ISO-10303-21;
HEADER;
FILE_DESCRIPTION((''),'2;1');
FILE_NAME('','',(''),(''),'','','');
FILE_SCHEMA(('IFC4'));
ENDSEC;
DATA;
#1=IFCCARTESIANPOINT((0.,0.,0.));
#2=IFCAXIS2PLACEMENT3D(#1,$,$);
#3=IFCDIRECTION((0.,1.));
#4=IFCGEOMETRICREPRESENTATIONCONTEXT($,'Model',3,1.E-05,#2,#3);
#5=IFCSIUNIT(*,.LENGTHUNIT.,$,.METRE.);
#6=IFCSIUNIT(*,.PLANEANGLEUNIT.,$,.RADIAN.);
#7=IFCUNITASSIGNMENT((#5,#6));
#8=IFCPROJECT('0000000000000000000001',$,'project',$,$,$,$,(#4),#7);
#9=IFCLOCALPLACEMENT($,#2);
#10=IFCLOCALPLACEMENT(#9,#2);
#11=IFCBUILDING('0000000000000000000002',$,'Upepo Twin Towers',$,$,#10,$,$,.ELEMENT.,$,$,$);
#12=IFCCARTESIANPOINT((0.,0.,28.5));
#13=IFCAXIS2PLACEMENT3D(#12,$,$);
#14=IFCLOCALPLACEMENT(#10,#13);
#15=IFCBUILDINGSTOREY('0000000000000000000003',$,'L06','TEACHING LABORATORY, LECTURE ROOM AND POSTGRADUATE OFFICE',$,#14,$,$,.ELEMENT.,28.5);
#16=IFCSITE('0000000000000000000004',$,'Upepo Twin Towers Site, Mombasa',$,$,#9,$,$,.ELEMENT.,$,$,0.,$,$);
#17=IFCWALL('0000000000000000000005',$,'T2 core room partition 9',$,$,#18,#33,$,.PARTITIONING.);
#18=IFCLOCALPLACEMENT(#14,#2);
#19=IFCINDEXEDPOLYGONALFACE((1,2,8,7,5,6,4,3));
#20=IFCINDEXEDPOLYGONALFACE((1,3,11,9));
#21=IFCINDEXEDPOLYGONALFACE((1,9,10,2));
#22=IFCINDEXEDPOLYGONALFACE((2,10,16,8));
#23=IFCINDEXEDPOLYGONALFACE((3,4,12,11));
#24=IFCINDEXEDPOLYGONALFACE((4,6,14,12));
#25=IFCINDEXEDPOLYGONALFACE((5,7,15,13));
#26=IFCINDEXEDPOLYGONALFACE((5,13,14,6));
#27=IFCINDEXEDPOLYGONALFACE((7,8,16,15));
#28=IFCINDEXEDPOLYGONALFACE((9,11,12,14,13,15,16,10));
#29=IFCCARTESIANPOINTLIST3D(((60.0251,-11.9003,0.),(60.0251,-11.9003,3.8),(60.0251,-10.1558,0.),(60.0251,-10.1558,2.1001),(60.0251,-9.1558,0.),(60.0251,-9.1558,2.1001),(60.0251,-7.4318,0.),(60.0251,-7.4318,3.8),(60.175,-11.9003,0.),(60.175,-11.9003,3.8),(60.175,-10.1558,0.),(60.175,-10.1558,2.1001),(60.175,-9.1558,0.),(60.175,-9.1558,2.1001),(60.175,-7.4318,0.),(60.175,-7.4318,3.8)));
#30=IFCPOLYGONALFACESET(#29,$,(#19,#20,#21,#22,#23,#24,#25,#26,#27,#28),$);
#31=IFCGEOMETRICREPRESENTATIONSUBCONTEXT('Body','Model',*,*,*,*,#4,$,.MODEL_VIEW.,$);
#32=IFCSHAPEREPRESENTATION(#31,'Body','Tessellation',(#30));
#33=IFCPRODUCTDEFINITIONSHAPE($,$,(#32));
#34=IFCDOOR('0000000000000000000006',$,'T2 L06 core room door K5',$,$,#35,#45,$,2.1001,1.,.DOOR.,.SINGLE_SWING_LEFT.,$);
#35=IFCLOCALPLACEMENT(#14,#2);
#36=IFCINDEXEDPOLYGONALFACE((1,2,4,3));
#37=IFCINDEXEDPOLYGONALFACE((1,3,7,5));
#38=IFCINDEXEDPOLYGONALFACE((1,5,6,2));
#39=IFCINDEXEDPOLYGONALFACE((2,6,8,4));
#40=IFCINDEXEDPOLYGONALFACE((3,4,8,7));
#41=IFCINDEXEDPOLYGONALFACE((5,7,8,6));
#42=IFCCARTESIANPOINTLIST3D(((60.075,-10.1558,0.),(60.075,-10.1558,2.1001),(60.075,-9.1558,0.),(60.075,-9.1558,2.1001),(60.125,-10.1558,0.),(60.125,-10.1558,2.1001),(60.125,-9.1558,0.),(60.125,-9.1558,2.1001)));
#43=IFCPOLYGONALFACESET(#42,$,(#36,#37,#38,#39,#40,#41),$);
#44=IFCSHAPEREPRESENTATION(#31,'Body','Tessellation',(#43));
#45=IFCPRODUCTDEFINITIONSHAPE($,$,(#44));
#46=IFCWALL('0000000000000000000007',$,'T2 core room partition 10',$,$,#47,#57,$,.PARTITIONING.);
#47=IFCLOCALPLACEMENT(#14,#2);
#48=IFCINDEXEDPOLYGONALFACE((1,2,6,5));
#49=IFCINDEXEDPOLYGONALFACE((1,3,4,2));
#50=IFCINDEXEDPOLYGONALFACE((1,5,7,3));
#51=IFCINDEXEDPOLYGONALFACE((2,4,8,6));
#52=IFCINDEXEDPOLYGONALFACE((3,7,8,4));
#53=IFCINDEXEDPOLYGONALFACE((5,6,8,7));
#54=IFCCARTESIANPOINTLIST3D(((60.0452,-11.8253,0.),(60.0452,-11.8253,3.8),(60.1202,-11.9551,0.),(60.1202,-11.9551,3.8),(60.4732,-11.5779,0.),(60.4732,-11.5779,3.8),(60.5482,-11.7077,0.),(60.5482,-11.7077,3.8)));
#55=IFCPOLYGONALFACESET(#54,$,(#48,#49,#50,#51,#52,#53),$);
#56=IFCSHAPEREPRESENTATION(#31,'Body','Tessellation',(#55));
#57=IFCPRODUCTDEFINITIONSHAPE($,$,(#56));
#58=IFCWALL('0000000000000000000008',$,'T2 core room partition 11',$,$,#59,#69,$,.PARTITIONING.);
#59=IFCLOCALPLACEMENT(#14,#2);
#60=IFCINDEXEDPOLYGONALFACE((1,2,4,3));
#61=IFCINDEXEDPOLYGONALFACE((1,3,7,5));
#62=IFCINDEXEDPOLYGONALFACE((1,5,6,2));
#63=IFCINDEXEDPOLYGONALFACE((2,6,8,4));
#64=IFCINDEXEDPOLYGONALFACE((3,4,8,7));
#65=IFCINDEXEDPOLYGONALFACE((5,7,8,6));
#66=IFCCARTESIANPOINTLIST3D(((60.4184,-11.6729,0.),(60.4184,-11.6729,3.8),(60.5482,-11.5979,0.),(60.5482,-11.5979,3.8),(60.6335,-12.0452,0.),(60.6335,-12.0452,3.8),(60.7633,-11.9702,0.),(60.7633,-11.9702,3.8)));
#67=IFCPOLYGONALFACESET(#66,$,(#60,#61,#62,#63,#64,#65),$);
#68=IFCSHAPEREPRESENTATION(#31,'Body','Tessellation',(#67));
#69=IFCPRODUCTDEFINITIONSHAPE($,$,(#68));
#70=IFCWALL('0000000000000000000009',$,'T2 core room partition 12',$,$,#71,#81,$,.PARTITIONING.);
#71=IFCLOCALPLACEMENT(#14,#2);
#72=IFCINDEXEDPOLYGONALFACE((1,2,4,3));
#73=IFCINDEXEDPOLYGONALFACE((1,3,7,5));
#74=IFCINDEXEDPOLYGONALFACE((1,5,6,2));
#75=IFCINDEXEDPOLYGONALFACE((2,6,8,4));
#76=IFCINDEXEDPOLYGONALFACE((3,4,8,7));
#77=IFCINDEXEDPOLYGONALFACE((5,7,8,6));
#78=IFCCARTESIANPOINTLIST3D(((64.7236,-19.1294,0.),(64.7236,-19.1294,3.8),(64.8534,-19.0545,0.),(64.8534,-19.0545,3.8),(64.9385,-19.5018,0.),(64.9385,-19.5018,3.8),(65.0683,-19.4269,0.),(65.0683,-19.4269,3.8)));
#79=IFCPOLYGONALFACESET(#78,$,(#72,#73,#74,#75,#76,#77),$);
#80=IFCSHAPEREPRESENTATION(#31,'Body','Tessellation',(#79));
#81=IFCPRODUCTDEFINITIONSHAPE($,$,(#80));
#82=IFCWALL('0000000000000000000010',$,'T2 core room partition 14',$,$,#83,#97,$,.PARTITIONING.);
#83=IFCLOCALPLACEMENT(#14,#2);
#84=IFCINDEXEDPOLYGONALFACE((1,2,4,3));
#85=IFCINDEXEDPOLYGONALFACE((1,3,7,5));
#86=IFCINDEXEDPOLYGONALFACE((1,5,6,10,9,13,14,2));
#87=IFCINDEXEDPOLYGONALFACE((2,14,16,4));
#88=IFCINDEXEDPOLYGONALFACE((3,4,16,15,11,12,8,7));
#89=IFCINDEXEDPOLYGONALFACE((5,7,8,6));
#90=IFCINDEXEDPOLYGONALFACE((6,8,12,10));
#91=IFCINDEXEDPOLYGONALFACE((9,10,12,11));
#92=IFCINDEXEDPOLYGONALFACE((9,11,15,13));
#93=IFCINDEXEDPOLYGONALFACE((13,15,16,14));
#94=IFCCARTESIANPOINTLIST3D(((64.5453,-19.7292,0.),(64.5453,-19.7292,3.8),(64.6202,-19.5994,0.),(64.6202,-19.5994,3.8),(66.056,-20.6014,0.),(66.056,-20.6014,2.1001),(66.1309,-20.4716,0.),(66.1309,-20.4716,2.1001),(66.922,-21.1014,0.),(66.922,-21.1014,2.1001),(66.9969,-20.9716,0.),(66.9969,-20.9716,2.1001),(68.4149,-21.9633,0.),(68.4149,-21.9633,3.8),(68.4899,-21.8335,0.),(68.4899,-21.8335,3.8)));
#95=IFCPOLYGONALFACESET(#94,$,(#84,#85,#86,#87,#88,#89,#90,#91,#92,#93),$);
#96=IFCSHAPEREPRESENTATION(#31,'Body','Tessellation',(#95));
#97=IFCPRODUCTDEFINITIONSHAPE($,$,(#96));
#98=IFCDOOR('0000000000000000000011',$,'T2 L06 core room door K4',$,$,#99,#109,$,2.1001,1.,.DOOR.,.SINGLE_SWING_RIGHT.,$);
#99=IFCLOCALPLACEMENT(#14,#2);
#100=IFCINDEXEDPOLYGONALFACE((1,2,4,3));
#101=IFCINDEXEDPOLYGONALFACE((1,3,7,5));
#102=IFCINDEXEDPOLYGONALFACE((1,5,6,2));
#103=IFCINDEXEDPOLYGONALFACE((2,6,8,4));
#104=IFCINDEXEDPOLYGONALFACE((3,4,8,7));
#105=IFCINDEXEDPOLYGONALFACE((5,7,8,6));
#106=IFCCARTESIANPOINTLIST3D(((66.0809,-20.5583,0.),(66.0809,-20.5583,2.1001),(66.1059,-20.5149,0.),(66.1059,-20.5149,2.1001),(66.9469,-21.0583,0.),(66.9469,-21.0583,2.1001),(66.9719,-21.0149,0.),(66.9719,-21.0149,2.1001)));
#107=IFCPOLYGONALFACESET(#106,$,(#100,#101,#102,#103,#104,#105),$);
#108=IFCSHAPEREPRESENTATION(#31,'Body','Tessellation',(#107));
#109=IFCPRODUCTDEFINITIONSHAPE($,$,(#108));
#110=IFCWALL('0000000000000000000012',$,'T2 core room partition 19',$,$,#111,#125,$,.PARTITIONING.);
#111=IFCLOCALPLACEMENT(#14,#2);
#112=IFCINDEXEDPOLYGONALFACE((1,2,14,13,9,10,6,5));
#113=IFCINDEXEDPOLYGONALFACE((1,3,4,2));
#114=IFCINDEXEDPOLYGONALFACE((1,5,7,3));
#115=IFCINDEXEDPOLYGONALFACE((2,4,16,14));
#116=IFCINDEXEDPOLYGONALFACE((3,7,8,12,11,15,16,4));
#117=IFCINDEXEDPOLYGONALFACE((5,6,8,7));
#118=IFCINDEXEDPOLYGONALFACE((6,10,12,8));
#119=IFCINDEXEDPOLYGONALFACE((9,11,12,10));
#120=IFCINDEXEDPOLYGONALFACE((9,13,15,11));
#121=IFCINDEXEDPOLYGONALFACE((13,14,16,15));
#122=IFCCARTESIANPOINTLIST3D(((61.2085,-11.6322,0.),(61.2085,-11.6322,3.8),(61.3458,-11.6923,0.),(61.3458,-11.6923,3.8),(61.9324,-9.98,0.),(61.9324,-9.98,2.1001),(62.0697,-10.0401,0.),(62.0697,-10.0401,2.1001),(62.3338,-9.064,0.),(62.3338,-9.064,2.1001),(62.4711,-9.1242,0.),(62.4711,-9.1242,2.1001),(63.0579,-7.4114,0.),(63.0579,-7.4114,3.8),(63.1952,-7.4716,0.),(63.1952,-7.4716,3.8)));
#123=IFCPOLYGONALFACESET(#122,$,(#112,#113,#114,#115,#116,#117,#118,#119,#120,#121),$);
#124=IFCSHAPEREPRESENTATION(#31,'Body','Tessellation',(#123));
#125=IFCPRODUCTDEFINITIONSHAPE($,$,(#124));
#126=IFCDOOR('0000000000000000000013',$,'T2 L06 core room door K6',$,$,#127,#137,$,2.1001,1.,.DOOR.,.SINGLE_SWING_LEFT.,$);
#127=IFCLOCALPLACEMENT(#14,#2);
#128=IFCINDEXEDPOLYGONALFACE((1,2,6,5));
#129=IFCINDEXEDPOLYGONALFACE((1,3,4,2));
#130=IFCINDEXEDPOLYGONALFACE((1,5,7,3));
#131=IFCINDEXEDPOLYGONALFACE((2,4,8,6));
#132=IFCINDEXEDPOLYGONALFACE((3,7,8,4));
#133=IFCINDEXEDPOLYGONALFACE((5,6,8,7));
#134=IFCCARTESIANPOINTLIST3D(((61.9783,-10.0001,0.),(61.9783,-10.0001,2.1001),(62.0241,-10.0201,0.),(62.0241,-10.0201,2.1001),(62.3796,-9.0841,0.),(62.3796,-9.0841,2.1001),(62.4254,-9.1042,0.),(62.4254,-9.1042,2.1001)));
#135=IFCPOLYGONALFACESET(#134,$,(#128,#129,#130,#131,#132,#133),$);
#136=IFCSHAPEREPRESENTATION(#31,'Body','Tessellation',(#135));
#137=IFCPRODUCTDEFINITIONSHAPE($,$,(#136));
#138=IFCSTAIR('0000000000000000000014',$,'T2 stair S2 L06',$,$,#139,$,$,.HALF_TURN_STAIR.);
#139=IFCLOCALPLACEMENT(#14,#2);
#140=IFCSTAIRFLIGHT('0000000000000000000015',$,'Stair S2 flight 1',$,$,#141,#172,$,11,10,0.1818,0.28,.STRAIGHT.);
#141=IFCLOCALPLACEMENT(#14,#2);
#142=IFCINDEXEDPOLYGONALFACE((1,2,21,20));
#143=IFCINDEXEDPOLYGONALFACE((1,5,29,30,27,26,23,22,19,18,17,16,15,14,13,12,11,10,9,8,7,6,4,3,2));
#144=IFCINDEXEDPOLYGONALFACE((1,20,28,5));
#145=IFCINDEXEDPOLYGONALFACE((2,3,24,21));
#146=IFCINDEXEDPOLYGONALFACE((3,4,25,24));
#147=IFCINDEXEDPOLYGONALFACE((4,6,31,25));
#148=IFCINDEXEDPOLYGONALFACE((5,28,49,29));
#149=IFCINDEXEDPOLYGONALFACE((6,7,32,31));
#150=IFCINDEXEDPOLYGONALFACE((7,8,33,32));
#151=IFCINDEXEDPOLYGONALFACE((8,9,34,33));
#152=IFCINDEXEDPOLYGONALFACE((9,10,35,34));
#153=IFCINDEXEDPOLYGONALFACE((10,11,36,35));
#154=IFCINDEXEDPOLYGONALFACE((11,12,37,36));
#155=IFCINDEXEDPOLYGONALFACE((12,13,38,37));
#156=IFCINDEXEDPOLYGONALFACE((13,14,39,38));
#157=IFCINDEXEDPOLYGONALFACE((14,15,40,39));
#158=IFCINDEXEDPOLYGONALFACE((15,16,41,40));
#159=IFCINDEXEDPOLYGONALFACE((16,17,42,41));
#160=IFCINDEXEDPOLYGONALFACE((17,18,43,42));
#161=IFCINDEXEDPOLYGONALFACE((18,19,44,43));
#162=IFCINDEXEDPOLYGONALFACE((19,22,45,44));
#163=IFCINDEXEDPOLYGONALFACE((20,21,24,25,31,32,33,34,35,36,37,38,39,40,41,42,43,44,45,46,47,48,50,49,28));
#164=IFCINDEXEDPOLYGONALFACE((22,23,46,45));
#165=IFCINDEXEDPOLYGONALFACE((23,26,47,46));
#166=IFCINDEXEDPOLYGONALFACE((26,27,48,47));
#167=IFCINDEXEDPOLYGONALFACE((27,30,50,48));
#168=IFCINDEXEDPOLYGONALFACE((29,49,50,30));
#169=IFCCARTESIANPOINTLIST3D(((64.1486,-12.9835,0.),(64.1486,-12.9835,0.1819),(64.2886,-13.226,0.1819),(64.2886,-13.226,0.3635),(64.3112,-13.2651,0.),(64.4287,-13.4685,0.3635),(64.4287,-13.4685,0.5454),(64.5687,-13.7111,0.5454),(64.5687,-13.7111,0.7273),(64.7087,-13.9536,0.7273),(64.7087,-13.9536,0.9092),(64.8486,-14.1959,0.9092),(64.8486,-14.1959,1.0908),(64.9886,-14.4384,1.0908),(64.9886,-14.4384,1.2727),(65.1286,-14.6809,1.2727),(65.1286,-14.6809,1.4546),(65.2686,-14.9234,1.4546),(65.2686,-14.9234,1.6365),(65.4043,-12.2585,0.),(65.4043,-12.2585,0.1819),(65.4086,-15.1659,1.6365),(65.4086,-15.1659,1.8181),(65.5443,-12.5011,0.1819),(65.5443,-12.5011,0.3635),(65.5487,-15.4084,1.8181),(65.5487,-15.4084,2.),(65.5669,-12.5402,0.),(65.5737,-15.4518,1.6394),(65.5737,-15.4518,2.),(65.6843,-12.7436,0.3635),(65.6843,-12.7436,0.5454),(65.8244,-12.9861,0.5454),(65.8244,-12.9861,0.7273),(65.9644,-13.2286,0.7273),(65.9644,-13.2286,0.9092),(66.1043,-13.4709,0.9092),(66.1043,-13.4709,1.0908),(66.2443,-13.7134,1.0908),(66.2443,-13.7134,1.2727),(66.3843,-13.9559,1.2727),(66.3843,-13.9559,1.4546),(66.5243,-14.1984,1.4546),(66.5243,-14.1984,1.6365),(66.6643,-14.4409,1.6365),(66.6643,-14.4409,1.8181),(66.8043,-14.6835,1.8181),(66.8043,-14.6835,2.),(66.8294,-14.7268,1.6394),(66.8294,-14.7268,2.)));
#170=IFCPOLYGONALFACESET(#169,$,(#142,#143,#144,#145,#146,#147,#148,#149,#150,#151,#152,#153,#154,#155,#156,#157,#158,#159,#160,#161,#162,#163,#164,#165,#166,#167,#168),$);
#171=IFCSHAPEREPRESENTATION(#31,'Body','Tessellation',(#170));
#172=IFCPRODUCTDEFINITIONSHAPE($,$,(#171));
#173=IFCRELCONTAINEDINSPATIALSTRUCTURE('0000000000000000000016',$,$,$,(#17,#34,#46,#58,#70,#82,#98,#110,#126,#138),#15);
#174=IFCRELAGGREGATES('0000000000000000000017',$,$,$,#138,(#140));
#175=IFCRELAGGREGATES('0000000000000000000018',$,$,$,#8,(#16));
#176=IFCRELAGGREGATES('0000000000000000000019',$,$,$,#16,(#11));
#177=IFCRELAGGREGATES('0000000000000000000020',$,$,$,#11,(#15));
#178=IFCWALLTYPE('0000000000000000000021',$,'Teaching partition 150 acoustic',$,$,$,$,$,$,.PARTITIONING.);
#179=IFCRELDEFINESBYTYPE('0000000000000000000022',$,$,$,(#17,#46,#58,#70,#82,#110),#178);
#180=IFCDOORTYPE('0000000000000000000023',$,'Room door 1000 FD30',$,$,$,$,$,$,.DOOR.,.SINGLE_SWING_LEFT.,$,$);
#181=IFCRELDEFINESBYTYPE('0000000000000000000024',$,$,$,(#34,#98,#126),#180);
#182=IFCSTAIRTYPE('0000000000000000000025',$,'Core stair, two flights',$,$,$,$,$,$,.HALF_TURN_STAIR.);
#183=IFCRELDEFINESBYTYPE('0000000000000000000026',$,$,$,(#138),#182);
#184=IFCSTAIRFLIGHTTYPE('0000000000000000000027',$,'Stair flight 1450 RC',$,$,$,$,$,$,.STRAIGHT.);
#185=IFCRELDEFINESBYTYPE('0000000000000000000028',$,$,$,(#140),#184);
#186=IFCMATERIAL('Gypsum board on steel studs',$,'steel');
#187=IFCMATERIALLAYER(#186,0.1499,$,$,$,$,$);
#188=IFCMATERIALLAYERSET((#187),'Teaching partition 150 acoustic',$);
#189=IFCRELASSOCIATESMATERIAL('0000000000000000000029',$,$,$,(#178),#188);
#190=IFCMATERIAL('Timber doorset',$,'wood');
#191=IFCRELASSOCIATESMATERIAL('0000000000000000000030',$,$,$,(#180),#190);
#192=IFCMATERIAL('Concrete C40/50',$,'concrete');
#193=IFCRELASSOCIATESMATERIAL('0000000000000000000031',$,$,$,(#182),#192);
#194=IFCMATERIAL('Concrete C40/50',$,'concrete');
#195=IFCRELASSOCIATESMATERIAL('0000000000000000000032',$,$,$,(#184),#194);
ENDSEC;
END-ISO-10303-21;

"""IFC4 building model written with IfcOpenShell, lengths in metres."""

from ifc_helpers import new_model, si_unit, direction, frame, frame_2d, origin, place, context, subcontext, project, spatial, polyline, rectangle, outline, extrude, material, layer, layer_set, type_object, element, fill, aggregate, save


model = new_model("IFC4")

# Units and contexts
model_context = context("Model", 3, precision=1e-05, world=origin(), true_north=direction((0.0, 1.0)))
body_context = subcontext(model_context, "Body", "Model", "MODEL_VIEW")
ifc_project = project(units=[si_unit("LENGTHUNIT", "METRE"), si_unit("PLANEANGLEUNIT", "RADIAN")], contexts=[model_context])

# Site, building, storey
site_placement = place(None, origin())
site = spatial("IfcSite", under=ifc_project, at=site_placement, Name="Upepo Twin Towers Site, Mombasa", CompositionType="ELEMENT", RefElevation=0.0)
building_placement = place(site_placement, origin())
building = spatial("IfcBuilding", under=site, at=building_placement, Name="Upepo Twin Towers", CompositionType="ELEMENT")
storey_placement = place(building_placement, frame((0.0, 0.0, 28.5)))
storey = spatial("IfcBuildingStorey", under=building, at=storey_placement, Name="L06", Description="TEACHING LABORATORY, LECTURE ROOM AND POSTGRADUATE OFFICE", CompositionType="ELEMENT", Elevation=28.5)

# Wall, opening, door
ifc_material_1 = material(Name="Gypsum board on steel studs", Category="steel")
ifc_layer_1 = layer(ifc_material_1, 0.1499)
ifc_layer_set_1 = layer_set([ifc_layer_1], Name="Teaching partition 150 acoustic")
wall_type_1 = type_object("IfcWallType", Name="Teaching partition 150 acoustic", PredefinedType="PARTITIONING", material=ifc_layer_set_1)
wall_1_placement = place(storey_placement, frame((60.1001, -7.4316, 0.0), z_axis=(0.0, 0.0, 1.0), x_axis=(0.0, -1.0, 0.0)))
wall_1 = element("IfcWall", 1, at=wall_1_placement, inside=storey, type_object=wall_type_1, Name="T2 core room partition 9", PredefinedType="PARTITIONING", context=body_context, shape_type="SweptSolid", body=[
    extrude(rectangle(XDim=4.4685, YDim=0.1499, at=frame_2d((2.2344, 0.0))), origin(), (0.0, 0.0, 1.0), 3.8),
])
opening_1_placement = place(wall_1_placement, frame((1.7241, 0.0, 0.0)))
opening_1 = element("IfcOpeningElement", 2, at=opening_1_placement, cuts=wall_1, PredefinedType="OPENING", context=body_context, shape_type="SweptSolid", body=[
    extrude(rectangle(XDim=1.0, YDim=2.1001, at=frame_2d((0.5, 1.05))), frame((0.0, 0.085, 0.0), z_axis=(0.0, -1.0, 0.0), x_axis=(1.0, 0.0, 0.0)), (0.0, 0.0, 1.0), 0.1699),
])
ifc_material_2 = material(Name="Timber doorset", Category="wood")
door_type_1 = type_object("IfcDoorType", Name="Room door 1000 FD30", OperationType="SINGLE_SWING_LEFT", PredefinedType="DOOR", material=ifc_material_2)
door_1_placement = place(opening_1_placement, origin())
door_1 = element("IfcDoor", 3, at=door_1_placement, inside=storey, type_object=door_type_1, Name="T2 L06 core room door K5", OperationType="SINGLE_SWING_LEFT", OverallHeight=2.1001, OverallWidth=1.0, PredefinedType="DOOR", context=body_context, shape_type="SweptSolid", body=[
    extrude(rectangle(XDim=1.0, YDim=2.1001, at=frame_2d((0.5, 1.05))), frame((0.0, 0.0249, 0.0), z_axis=(0.0, -1.0, 0.0), x_axis=(1.0, 0.0, 0.0)), (0.0, 0.0, 1.0), 0.05),
])
fill(opening_1, door_1)

# Walls
wall_2_placement = place(storey_placement, frame((60.0828, -11.8901, 0.0), z_axis=(0.0, 0.0, 1.0), x_axis=(0.865832, 0.500335, 0.0)))
element("IfcWall", 4, at=wall_2_placement, inside=storey, type_object=wall_type_1, Name="T2 core room partition 10", PredefinedType="PARTITIONING", context=body_context, shape_type="SweptSolid", body=[
    extrude(rectangle(XDim=0.4944, YDim=0.1499, at=frame_2d((0.2471, 0.0))), origin(), (0.0, 0.0, 1.0), 3.8),
])
for number, where, z_axis, x_axis, name in (
    (5, (60.4834, -11.6355, 0.0), (0.0, 0.0, 1.0), (0.50023, -0.865892, 0.0), "T2 core room partition 11"),
    (6, (64.7886, -19.092, 0.0), (0.0, 0.0, 1.0), (0.499804, -0.866138, 0.0), "T2 core room partition 12"),
):
    element("IfcWall", number, at=place(storey_placement, frame(where, z_axis=z_axis, x_axis=x_axis)), inside=storey, type_object=wall_type_1, Name=name, PredefinedType="PARTITIONING", context=body_context, shape_type="SweptSolid", body=[
        extrude(rectangle(XDim=0.4299, YDim=0.1499, at=frame_2d((0.2148, 0.0))), origin(), (0.0, 0.0, 1.0), 3.8),
    ])

# Walls, openings, doors
wall_3_placement = place(storey_placement, frame((64.5828, -19.6643, 0.0), z_axis=(0.0, 0.0, 1.0), x_axis=(0.866025, -0.5, 0.0)))
wall_3 = element("IfcWall", 7, at=wall_3_placement, inside=storey, type_object=wall_type_1, Name="T2 core room partition 14", PredefinedType="PARTITIONING", context=body_context, shape_type="SweptSolid", body=[
    extrude(rectangle(XDim=4.4683, YDim=0.1499, at=frame_2d((2.2341, 0.0))), origin(), (0.0, 0.0, 1.0), 3.8),
])
opening_2_placement = place(wall_3_placement, frame((1.7444, 0.0, 0.0)))
opening_2 = element("IfcOpeningElement", 8, at=opening_2_placement, cuts=wall_3, PredefinedType="OPENING", context=body_context, shape_type="SweptSolid", body=[
    extrude(rectangle(XDim=1.0, YDim=2.1001, at=frame_2d((0.5, 1.05))), frame((0.0, 0.085, 0.0), z_axis=(0.0, -1.0, 0.0), x_axis=(1.0, 0.0, 0.0)), (0.0, 0.0, 1.0), 0.1699),
])
door_2_placement = place(opening_2_placement, origin())
door_2 = element("IfcDoor", 9, at=door_2_placement, inside=storey, type_object=door_type_1, Name="T2 L06 core room door K4", OperationType="SINGLE_SWING_RIGHT", OverallHeight=2.1001, OverallWidth=1.0, PredefinedType="DOOR", context=body_context, shape_type="SweptSolid", body=[
    extrude(rectangle(XDim=1.0, YDim=2.1001, at=frame_2d((0.5, 1.05))), frame((0.0, 0.0249, 0.0), z_axis=(0.0, -1.0, 0.0), x_axis=(1.0, 0.0, 0.0)), (0.0, 0.0, 1.0), 0.05),
])
fill(opening_2, door_2)
wall_4_placement = place(storey_placement, frame((61.2771, -11.6624, 0.0), z_axis=(0.0, 0.0, 1.0), x_axis=(0.40133, 0.915933, 0.0)))
wall_4 = element("IfcWall", 10, at=wall_4_placement, inside=storey, type_object=wall_type_1, Name="T2 core room partition 19", PredefinedType="PARTITIONING", context=body_context, shape_type="SweptSolid", body=[
    extrude(rectangle(XDim=4.6082, YDim=0.1499, at=frame_2d((2.3042, 0.0))), origin(), (0.0, 0.0, 1.0), 3.8),
])
opening_3_placement = place(wall_4_placement, frame((1.804, 0.0, 0.0)))
opening_3 = element("IfcOpeningElement", 11, at=opening_3_placement, cuts=wall_4, PredefinedType="OPENING", context=body_context, shape_type="SweptSolid", body=[
    extrude(rectangle(XDim=1.0, YDim=2.1001, at=frame_2d((0.5, 1.05))), frame((0.0, 0.085, 0.0), z_axis=(0.0, -1.0, 0.0), x_axis=(1.0, 0.0, 0.0)), (0.0, 0.0, 1.0), 0.1699),
])
door_3_placement = place(opening_3_placement, origin())
door_3 = element("IfcDoor", 12, at=door_3_placement, inside=storey, type_object=door_type_1, Name="T2 L06 core room door K6", OperationType="SINGLE_SWING_LEFT", OverallHeight=2.1001, OverallWidth=1.0, PredefinedType="DOOR", context=body_context, shape_type="SweptSolid", body=[
    extrude(rectangle(XDim=1.0, YDim=2.1001, at=frame_2d((0.5, 1.05))), frame((0.0, 0.0249, 0.0), z_axis=(0.0, -1.0, 0.0), x_axis=(1.0, 0.0, 0.0)), (0.0, 0.0, 1.0), 0.05),
])
fill(opening_3, door_3)

# Stair, stair flight
ifc_material_3 = material(Name="Concrete C40/50", Category="concrete")
stair_type = type_object("IfcStairType", Name="Core stair, two flights", PredefinedType="HALF_TURN_STAIR", material=ifc_material_3)
stair_placement = place(storey_placement, origin())
stair = element("IfcStair", 13, at=stair_placement, inside=storey, type_object=stair_type, Name="T2 stair S2 L06", PredefinedType="HALF_TURN_STAIR")
ifc_material_4 = material(Name="Concrete C40/50", Category="concrete")
stair_flight_type = type_object("IfcStairFlightType", Name="Stair flight 1450 RC", PredefinedType="STRAIGHT", material=ifc_material_4)
stair_flight_placement = place(storey_placement, frame((64.7764, -12.6211, 0.0), z_axis=(0.0, 0.0, 1.0), x_axis=(0.5, -0.866025, 0.0)))
stair_flight = element("IfcStairFlight", 14, at=stair_flight_placement, type_object=stair_flight_type, Name="Stair S2 flight 1", NumberOfRisers=11, NumberOfTreads=10, PredefinedType="STRAIGHT", RiserHeight=0.1818, TreadLength=0.28, context=body_context, shape_type="SweptSolid", body=[
    extrude(outline(polyline([(0.0, 0.0), (0.0, 0.1819), (0.28, 0.1819), (0.28, 0.3635), (0.5601, 0.3635), (0.5601, 0.5454), (0.8401, 0.5454), (0.8401, 0.7273), (1.1201, 0.7273), (1.1201, 0.9092), (1.3999, 0.9092), (1.3999, 1.0908), (1.6799, 1.0908), (1.6799, 1.2727), (1.96, 1.2727), (1.96, 1.4546), (2.24, 1.4546), (2.24, 1.6365), (2.52, 1.6365), (2.52, 1.8181), (2.8, 1.8181), (2.8, 2.0), (2.8501, 2.0), (2.8501, 1.6394), (0.3252, 0.0), (0.0, 0.0)])), frame((0.0, 0.7251, 0.0), z_axis=(0.0, -1.0, 0.0), x_axis=(1.0, 0.0, 0.0)), (0.0, 0.0, 1.0), 1.45),
])
aggregate(stair, [stair_flight])

save(model, "model.ifc")
